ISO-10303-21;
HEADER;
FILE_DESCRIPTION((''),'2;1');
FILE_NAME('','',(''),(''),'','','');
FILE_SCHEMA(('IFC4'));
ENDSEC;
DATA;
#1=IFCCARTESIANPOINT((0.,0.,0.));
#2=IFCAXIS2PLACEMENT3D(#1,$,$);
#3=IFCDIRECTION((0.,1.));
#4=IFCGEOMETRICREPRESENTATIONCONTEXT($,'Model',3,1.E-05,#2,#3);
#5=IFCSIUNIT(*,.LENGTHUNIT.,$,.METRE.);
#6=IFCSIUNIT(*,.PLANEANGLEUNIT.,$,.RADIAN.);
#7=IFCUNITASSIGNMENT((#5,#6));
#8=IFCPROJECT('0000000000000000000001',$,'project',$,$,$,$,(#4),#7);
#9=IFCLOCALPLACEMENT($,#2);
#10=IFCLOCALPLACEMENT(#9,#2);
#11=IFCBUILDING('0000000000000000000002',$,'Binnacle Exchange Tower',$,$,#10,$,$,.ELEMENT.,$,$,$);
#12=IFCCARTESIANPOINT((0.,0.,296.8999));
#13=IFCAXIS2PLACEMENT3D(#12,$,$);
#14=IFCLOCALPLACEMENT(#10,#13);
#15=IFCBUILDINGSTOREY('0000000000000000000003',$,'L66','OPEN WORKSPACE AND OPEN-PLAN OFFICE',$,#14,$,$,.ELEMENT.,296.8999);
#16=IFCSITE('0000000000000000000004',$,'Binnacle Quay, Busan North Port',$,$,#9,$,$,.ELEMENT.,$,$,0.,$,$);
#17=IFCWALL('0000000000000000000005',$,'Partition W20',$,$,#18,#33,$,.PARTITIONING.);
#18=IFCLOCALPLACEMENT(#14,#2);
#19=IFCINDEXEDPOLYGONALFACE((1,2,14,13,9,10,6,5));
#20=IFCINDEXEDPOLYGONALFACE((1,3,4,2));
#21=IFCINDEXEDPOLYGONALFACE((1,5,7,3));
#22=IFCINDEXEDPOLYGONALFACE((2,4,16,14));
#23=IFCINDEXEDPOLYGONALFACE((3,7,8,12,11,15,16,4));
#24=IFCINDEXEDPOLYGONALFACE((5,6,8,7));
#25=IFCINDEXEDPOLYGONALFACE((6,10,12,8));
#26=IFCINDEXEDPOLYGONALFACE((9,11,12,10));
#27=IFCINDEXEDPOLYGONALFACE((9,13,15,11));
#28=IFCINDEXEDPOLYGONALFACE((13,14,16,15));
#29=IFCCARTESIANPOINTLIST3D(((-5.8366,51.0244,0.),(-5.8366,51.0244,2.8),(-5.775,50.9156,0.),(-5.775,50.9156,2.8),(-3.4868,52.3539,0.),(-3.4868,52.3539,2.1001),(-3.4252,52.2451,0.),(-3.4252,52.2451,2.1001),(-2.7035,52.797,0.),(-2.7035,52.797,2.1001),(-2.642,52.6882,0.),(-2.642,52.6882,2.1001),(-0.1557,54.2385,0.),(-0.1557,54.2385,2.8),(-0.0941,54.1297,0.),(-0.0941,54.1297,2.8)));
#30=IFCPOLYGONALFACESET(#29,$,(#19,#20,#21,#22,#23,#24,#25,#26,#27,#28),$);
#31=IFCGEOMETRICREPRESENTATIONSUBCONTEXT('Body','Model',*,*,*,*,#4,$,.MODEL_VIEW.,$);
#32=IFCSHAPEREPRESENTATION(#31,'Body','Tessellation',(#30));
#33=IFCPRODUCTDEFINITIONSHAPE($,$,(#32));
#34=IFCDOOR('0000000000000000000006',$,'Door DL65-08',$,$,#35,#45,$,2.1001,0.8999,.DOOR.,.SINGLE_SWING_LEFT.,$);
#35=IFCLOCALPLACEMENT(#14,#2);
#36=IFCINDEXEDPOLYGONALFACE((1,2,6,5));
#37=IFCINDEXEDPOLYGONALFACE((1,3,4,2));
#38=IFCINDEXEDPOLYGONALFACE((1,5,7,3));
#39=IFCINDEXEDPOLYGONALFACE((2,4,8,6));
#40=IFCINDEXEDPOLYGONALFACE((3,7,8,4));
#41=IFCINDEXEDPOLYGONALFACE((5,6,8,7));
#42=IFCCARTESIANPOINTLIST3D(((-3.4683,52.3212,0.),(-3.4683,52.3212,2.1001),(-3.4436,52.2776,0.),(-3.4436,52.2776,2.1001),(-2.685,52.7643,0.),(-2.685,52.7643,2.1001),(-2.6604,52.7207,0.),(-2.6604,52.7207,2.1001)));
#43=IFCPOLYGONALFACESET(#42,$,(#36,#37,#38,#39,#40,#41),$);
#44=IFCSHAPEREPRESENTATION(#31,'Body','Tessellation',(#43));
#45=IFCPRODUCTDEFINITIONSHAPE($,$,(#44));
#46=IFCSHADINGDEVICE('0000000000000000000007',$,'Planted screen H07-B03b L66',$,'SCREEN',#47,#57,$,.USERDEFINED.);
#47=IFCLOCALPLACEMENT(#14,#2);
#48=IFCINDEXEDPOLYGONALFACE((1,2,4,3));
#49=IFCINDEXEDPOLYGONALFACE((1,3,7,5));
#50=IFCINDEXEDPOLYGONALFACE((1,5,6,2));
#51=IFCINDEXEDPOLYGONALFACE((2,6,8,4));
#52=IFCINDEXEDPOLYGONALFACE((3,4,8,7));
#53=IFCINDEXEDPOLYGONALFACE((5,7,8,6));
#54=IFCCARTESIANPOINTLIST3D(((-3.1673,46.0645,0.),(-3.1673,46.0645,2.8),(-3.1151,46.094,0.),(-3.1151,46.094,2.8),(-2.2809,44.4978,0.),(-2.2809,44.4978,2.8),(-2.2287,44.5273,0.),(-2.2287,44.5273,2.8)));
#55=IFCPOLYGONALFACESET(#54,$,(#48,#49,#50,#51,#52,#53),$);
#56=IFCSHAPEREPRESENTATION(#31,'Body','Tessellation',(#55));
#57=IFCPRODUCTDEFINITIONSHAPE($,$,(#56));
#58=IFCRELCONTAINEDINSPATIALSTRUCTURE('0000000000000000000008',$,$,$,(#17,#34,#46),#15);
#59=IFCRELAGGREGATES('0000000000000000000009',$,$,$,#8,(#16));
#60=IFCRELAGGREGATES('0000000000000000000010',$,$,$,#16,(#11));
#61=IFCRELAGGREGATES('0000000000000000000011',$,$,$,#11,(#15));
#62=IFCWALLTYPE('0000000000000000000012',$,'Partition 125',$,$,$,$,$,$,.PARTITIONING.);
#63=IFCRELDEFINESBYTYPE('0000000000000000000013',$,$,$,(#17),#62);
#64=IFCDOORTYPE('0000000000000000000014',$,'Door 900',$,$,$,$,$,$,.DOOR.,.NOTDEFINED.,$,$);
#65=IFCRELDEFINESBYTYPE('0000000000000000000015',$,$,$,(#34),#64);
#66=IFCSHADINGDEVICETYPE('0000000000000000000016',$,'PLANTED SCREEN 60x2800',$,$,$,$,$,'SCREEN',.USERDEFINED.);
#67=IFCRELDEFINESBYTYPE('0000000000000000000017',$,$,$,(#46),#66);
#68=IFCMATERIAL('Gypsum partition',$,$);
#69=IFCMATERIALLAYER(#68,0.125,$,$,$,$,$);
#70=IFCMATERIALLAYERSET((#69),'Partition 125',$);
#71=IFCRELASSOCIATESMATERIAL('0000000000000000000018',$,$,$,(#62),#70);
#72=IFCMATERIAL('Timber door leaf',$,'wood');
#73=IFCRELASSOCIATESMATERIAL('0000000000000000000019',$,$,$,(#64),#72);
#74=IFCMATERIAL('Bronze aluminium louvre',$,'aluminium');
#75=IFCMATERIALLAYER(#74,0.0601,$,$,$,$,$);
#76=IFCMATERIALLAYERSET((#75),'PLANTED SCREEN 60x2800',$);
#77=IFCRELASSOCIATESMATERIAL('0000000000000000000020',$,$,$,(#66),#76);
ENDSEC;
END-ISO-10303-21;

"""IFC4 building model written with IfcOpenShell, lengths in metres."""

from ifc_helpers import new_model, si_unit, direction, frame, frame_2d, origin, origin_2d, place, context, subcontext, project, spatial, rectangle, extrude, material, layer, layer_set, type_object, element, fill, save


model = new_model("IFC4")

# Units and contexts
model_context = context("Model", 3, precision=1e-05, world=origin(), true_north=direction((0.0, 1.0)))
body_context = subcontext(model_context, "Body", "Model", "MODEL_VIEW")
ifc_project = project(units=[si_unit("LENGTHUNIT", "METRE"), si_unit("PLANEANGLEUNIT", "RADIAN")], contexts=[model_context])

# Site, building, storey
site_placement = place(None, origin())
site = spatial("IfcSite", under=ifc_project, at=site_placement, Name="Binnacle Quay, Busan North Port", CompositionType="ELEMENT", RefElevation=0.0)
building_placement = place(site_placement, origin())
building = spatial("IfcBuilding", under=site, at=building_placement, Name="Binnacle Exchange Tower", CompositionType="ELEMENT")
storey_placement = place(building_placement, frame((0.0, 0.0, 296.8999)))
storey = spatial("IfcBuildingStorey", under=building, at=storey_placement, Name="L66", Description="OPEN WORKSPACE AND OPEN-PLAN OFFICE", CompositionType="ELEMENT", Elevation=296.8999)

# Wall, opening, door
ifc_material_1 = material(Name="Gypsum partition")
ifc_layer_1 = layer(ifc_material_1, 0.125)
ifc_layer_set_1 = layer_set([ifc_layer_1], Name="Partition 125")
wall_type_1 = type_object("IfcWallType", Name="Partition 125", PredefinedType="PARTITIONING", material=ifc_layer_set_1)
wall_1_placement = place(storey_placement, frame((-5.8059, 50.97, 0.0), z_axis=(0.0, 0.0, 1.0), x_axis=(0.870355, 0.492425, 0.0)))
wall_1 = element("IfcWall", 1, at=wall_1_placement, inside=storey, type_object=wall_type_1, Name="Partition W20", PredefinedType="PARTITIONING", context=body_context, shape_type="SweptSolid", body=[
    extrude(rectangle(XDim=6.5271, YDim=0.125, at=frame_2d((3.2637, 0.0))), origin(), (0.0, 0.0, 1.0), 2.8),
])
opening_1_placement = place(wall_1_placement, frame((2.7, 0.0, 0.0)))
opening_1 = element("IfcOpeningElement", 2, at=opening_1_placement, cuts=wall_1, PredefinedType="OPENING", context=body_context, shape_type="SweptSolid", body=[
    extrude(rectangle(XDim=0.8999, YDim=2.1001, at=frame_2d((0.45, 1.05))), frame((0.0, 0.0725, 0.0), z_axis=(0.0, -1.0, 0.0), x_axis=(1.0, 0.0, 0.0)), (0.0, 0.0, 1.0), 0.145),
])
ifc_material_2 = material(Name="Timber door leaf", Category="wood")
door_type_1 = type_object("IfcDoorType", Name="Door 900", OperationType="NOTDEFINED", PredefinedType="DOOR", material=ifc_material_2)
door_1_placement = place(opening_1_placement, origin())
door_1 = element("IfcDoor", 3, at=door_1_placement, inside=storey, type_object=door_type_1, Name="Door DL65-08", OperationType="SINGLE_SWING_LEFT", OverallHeight=2.1001, OverallWidth=0.8999, PredefinedType="DOOR", context=body_context, shape_type="SweptSolid", body=[
    extrude(rectangle(XDim=0.8999, YDim=2.1001, at=frame_2d((0.45, 1.05))), frame((0.0, 0.0249, 0.0), z_axis=(0.0, -1.0, 0.0), x_axis=(1.0, 0.0, 0.0)), (0.0, 0.0, 1.0), 0.05),
])
fill(opening_1, door_1)

# Shading device
ifc_material_3 = material(Name="Bronze aluminium louvre", Category="aluminium")
ifc_layer_2 = layer(ifc_material_3, 0.0601)
ifc_layer_set_2 = layer_set([ifc_layer_2], Name="PLANTED SCREEN 60x2800")
shading_device_type = type_object("IfcShadingDeviceType", Name="PLANTED SCREEN 60x2800", ElementType="SCREEN", PredefinedType="USERDEFINED", material=ifc_layer_set_2)
shading_device_placement = place(storey_placement, frame((-2.698, 45.2959, 0.0), z_axis=(0.0, 0.0, 1.0), x_axis=(0.870356, 0.492424, 0.0)))
element("IfcShadingDevice", 4, at=shading_device_placement, inside=storey, type_object=shading_device_type, Name="Planted screen H07-B03b L66", ObjectType="SCREEN", PredefinedType="USERDEFINED", context=body_context, shape_type="SweptSolid", body=[
    extrude(rectangle(XDim=0.0601, YDim=1.8, at=origin_2d()), origin(), (0.0, 0.0, 1.0), 2.8),
])

save(model, "model.ifc")
